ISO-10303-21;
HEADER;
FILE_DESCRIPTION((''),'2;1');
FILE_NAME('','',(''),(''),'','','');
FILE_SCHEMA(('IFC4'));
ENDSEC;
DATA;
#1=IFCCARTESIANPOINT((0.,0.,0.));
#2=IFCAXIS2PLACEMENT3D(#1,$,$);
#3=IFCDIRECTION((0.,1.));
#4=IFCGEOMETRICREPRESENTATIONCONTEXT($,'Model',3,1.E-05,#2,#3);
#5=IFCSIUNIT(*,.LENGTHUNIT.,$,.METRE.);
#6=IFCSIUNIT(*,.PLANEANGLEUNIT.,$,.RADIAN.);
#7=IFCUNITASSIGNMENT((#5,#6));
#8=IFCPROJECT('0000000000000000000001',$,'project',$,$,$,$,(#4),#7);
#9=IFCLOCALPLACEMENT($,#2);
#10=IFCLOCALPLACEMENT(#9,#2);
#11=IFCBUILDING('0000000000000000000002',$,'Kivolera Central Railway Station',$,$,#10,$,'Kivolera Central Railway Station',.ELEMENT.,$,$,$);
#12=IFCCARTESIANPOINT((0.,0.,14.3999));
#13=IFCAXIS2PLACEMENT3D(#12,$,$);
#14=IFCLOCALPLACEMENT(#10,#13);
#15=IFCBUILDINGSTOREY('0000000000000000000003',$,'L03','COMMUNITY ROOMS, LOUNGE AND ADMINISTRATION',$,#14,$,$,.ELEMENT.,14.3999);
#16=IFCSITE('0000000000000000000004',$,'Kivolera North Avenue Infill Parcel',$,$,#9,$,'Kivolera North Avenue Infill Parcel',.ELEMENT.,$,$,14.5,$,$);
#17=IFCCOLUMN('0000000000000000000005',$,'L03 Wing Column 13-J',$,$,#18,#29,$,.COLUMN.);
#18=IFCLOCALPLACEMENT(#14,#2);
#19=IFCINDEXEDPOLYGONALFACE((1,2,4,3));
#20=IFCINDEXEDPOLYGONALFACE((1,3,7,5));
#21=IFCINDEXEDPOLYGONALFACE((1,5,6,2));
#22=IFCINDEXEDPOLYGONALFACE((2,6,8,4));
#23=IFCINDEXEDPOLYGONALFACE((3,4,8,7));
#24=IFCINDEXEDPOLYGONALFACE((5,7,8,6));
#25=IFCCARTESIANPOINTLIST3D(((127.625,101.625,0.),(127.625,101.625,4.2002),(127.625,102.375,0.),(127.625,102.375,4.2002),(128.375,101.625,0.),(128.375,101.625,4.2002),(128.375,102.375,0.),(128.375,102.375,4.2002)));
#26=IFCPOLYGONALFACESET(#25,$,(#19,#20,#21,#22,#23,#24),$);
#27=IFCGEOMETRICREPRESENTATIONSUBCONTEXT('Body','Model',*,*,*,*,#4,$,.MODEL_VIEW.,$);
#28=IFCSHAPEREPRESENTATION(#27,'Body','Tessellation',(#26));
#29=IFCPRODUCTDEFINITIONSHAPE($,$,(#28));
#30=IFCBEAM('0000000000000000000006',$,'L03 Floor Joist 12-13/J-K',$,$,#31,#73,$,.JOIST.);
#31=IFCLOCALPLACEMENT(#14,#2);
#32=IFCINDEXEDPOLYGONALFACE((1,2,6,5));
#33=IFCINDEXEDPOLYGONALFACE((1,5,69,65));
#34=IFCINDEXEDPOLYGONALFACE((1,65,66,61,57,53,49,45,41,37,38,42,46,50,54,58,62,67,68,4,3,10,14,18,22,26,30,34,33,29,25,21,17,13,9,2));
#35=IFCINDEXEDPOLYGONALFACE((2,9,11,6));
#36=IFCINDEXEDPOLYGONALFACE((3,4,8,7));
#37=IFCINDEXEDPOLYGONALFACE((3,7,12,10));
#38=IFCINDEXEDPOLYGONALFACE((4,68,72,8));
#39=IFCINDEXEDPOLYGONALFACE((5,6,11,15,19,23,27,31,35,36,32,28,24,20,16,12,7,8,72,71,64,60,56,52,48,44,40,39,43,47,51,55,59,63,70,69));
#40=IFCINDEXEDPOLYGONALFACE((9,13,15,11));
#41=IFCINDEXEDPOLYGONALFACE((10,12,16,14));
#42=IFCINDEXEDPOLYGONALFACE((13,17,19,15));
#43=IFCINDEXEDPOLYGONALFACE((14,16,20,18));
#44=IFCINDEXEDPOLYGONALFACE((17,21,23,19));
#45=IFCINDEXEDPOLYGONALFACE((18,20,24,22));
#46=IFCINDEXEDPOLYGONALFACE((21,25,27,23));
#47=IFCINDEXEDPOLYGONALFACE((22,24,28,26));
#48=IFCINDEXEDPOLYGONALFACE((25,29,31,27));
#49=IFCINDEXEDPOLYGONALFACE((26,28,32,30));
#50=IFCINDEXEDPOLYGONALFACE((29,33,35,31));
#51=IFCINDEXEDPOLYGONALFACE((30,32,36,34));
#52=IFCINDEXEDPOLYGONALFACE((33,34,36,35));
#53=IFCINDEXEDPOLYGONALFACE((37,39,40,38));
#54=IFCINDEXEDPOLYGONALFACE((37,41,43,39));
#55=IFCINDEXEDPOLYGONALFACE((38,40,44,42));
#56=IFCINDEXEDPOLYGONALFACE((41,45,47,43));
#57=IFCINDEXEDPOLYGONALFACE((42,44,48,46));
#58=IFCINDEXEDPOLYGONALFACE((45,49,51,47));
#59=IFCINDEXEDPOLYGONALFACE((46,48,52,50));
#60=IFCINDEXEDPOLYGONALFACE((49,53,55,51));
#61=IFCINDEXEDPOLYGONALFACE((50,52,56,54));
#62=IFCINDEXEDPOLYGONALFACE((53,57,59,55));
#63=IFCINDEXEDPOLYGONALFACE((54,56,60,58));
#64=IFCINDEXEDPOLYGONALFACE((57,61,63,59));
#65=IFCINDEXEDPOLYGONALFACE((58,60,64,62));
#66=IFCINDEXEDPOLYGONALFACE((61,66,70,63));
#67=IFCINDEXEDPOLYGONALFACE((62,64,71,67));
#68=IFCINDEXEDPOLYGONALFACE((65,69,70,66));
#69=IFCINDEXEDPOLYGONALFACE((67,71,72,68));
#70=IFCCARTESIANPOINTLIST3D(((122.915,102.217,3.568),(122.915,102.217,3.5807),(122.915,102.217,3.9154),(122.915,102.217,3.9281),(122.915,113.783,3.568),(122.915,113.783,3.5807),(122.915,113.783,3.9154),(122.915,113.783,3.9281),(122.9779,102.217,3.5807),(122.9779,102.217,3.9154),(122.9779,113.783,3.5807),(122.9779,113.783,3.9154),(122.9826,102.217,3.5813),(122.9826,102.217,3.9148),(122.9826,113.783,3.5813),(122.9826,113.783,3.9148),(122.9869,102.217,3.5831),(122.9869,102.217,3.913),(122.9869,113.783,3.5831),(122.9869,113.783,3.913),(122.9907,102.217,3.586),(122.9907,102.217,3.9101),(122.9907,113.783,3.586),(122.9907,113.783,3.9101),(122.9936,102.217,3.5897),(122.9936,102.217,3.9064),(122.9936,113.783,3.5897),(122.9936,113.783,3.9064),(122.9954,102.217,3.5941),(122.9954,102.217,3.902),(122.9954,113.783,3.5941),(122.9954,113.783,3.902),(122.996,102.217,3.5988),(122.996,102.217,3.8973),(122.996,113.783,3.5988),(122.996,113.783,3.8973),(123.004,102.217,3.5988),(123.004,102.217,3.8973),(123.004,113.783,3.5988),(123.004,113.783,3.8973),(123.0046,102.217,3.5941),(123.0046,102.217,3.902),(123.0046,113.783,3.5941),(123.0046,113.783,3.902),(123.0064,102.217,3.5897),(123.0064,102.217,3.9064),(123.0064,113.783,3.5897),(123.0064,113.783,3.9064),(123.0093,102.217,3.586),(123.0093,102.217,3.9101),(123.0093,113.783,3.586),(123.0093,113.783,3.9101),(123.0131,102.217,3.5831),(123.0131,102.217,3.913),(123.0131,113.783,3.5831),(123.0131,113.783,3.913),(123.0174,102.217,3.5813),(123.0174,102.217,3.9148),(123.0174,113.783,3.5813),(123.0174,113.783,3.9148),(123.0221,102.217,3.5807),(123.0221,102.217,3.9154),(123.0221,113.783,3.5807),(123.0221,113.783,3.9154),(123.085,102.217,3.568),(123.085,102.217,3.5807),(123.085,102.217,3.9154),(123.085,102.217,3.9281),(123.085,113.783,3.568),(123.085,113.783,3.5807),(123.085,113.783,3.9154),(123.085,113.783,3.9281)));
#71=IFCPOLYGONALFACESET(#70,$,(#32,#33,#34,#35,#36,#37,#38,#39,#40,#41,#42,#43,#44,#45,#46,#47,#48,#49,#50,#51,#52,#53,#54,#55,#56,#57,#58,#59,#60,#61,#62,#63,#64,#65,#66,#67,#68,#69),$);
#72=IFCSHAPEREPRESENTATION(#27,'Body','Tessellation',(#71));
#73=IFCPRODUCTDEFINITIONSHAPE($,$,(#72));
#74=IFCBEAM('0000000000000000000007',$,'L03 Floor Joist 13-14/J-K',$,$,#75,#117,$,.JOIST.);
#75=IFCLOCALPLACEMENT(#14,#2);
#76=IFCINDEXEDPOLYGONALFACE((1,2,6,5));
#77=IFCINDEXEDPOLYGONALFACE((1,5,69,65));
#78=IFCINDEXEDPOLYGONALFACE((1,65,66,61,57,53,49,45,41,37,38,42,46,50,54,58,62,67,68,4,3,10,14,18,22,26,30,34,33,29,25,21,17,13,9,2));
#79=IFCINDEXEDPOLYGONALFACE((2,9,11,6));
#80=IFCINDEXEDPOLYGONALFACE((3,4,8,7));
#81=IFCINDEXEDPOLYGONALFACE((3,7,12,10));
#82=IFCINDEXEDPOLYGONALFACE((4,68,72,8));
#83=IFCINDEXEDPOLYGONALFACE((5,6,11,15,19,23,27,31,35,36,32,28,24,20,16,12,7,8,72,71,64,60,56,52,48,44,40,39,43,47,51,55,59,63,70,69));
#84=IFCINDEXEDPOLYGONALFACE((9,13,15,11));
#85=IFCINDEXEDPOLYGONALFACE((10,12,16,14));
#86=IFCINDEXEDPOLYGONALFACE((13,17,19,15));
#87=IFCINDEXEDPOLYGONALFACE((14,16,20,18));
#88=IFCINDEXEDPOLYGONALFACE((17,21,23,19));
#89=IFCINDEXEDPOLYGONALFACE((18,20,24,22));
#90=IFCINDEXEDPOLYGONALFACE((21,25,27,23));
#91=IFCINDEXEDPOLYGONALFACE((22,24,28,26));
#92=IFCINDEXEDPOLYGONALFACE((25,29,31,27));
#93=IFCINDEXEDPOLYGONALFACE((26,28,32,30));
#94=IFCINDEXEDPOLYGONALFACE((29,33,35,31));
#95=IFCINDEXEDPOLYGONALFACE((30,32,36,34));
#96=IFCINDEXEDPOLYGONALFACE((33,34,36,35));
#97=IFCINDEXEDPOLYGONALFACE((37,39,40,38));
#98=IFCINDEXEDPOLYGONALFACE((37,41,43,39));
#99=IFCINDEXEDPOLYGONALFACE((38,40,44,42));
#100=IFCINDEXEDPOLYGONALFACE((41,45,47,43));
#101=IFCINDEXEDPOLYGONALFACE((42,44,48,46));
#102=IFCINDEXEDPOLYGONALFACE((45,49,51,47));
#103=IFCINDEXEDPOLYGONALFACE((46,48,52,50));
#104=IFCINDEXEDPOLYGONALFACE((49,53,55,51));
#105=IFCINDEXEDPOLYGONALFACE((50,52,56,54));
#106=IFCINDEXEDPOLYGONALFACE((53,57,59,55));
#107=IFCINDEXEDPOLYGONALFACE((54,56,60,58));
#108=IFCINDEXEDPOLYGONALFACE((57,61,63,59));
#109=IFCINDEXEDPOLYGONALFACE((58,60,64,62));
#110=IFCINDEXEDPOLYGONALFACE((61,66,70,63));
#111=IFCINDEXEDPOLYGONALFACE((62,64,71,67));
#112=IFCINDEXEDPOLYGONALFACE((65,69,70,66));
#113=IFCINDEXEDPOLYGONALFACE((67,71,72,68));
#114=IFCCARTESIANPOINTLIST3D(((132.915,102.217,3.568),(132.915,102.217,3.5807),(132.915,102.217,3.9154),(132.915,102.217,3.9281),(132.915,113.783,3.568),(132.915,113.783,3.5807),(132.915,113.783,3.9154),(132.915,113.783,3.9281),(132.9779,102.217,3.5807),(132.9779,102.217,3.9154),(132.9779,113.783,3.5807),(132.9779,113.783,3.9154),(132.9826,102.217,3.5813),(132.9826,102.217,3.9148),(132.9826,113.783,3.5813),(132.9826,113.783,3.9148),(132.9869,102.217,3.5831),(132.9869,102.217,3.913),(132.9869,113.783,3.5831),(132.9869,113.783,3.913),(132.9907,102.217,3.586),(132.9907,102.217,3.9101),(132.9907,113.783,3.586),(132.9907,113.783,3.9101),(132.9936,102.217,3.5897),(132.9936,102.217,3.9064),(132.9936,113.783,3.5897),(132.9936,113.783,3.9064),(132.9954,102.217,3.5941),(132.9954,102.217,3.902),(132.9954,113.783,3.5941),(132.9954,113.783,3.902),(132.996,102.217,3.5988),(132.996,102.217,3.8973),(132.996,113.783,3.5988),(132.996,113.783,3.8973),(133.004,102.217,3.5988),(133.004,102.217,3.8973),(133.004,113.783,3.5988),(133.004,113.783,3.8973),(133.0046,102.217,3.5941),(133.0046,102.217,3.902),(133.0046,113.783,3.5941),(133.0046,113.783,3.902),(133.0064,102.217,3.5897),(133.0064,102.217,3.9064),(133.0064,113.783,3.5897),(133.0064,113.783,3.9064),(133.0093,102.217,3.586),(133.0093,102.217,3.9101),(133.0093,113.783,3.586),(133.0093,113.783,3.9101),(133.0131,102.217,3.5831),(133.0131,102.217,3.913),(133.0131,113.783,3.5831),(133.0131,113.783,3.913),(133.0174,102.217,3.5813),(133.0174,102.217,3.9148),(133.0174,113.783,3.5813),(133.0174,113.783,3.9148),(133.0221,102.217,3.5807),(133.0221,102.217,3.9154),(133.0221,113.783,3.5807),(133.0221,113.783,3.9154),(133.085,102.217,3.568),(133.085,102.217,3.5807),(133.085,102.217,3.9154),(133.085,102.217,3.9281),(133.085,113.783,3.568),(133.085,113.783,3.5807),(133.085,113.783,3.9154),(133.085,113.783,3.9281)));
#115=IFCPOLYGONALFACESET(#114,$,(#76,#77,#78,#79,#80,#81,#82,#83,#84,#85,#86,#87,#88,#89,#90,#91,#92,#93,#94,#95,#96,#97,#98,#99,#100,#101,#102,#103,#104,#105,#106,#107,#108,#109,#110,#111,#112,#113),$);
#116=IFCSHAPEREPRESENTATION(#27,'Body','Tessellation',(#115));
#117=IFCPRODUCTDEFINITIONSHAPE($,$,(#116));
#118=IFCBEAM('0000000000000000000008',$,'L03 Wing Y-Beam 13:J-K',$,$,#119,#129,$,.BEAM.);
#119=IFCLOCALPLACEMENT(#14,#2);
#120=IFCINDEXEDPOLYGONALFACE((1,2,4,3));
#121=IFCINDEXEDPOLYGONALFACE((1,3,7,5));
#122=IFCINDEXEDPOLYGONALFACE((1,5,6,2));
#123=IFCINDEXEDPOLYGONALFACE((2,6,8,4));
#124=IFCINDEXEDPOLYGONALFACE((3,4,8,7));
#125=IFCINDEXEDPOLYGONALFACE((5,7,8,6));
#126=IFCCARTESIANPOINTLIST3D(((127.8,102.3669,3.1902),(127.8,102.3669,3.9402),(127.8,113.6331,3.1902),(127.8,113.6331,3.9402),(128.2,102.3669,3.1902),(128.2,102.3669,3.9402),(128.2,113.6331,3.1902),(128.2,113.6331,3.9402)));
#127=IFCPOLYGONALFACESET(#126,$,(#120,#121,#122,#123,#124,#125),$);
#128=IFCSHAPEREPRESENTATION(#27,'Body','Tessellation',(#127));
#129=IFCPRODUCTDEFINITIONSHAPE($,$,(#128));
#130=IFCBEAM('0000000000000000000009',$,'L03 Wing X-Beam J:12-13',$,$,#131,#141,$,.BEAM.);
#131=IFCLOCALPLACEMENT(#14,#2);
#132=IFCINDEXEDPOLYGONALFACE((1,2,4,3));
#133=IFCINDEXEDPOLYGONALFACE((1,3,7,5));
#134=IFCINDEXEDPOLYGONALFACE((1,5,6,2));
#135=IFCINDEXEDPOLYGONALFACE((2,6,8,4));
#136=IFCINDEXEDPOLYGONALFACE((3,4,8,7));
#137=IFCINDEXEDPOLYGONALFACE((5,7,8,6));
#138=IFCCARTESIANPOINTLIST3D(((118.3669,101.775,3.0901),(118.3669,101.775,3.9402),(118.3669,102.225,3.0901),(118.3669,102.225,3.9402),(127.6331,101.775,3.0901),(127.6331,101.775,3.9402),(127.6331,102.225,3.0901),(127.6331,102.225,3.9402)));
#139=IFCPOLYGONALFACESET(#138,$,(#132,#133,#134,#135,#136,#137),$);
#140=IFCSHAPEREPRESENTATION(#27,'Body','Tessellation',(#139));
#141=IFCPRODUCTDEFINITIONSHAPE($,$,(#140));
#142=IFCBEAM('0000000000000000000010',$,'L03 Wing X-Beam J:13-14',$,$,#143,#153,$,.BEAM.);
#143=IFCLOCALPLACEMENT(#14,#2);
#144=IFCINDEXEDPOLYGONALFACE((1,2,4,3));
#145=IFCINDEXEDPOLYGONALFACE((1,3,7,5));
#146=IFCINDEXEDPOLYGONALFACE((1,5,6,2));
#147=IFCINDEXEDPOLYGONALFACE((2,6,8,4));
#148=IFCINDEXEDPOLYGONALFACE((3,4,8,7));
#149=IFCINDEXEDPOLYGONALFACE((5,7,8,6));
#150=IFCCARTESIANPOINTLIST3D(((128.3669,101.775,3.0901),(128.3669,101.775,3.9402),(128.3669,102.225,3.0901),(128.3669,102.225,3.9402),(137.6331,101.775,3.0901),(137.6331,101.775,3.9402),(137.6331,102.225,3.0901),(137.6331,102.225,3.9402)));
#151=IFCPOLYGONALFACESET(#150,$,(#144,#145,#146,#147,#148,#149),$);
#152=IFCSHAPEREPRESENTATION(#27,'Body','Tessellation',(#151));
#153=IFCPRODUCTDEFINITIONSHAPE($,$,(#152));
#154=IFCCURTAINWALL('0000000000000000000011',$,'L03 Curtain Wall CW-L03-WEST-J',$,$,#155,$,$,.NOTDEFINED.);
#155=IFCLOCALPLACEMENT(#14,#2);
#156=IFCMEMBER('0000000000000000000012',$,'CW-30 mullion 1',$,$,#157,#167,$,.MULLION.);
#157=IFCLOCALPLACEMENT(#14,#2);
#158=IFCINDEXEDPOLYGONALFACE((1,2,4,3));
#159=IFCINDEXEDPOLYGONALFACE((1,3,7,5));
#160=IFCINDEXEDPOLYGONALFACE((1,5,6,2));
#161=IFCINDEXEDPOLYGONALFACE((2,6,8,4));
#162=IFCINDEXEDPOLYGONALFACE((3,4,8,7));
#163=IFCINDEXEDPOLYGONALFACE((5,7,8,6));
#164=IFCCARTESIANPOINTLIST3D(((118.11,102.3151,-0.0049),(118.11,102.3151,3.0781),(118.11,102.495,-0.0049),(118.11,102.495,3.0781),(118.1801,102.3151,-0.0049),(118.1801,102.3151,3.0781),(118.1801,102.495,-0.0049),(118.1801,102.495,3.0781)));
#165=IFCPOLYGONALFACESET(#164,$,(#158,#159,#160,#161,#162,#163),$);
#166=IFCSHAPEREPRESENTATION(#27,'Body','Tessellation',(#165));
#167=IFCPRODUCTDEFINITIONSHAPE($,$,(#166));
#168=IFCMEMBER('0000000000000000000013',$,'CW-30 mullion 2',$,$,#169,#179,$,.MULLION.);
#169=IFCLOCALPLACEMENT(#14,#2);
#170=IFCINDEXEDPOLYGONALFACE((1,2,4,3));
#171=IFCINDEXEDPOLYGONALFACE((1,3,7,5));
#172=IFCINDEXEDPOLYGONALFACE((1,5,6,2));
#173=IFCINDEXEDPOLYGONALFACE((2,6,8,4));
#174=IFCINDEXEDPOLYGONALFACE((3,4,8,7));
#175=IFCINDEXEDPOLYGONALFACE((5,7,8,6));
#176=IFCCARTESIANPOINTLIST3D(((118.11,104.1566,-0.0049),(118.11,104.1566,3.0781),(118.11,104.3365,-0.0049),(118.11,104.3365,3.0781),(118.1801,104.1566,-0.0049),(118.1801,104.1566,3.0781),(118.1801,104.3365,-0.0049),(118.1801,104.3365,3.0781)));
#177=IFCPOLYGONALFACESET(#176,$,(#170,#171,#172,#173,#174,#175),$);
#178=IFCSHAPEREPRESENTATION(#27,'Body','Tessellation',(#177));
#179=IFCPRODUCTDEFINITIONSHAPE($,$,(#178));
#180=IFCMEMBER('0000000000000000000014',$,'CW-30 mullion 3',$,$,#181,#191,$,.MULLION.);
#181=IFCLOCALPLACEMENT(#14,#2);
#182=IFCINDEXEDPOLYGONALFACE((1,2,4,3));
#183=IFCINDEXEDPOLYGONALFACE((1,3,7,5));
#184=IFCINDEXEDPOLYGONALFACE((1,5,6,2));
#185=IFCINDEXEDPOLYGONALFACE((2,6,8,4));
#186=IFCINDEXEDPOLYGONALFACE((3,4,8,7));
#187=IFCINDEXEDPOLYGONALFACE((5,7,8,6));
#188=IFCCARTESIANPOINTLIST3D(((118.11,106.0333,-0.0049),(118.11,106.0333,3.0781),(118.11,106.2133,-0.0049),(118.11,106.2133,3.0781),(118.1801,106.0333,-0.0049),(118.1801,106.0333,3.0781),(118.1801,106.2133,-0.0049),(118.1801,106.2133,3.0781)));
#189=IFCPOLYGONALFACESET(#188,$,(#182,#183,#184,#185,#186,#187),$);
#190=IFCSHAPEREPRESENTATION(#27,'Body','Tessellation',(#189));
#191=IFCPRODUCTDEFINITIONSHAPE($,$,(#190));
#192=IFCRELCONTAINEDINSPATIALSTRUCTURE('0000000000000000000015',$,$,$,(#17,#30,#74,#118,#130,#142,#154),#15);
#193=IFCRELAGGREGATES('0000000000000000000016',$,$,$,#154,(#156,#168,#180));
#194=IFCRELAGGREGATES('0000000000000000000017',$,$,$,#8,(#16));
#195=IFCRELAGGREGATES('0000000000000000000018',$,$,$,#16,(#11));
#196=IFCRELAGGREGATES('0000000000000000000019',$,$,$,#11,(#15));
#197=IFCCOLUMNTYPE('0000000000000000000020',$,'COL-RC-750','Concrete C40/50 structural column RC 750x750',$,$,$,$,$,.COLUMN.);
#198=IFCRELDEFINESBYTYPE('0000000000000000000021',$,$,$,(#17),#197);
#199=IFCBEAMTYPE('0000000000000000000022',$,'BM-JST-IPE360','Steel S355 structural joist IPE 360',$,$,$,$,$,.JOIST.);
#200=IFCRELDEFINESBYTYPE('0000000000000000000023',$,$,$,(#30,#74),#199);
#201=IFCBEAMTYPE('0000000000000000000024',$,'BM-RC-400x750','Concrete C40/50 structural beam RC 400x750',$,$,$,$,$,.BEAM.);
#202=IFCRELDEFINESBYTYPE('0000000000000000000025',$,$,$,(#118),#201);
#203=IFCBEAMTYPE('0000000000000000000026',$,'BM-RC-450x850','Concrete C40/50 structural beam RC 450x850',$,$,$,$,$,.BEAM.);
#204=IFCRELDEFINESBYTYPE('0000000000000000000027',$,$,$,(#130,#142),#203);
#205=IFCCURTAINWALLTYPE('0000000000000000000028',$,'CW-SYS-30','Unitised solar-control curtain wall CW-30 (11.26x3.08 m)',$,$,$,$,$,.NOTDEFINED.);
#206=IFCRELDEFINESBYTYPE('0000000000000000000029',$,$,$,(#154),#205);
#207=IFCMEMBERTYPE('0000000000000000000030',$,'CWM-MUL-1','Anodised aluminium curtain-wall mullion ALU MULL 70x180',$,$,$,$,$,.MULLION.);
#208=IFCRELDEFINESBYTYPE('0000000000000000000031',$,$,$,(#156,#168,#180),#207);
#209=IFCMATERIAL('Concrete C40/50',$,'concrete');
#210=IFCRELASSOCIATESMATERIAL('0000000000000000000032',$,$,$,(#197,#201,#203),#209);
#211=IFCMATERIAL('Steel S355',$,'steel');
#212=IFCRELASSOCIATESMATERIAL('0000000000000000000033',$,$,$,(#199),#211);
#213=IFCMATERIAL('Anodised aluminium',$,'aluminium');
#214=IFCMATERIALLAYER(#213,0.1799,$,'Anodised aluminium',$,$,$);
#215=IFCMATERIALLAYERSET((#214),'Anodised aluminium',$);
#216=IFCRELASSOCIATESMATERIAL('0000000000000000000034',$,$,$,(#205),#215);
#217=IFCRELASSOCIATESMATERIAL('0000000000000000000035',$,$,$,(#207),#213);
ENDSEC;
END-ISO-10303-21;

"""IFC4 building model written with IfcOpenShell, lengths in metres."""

from ifc_helpers import new_model, si_unit, direction, frame, origin, origin_2d, place, context, subcontext, project, spatial, rectangle, i_section, extrude, material, layer, layer_set, material_profile, profile_set, type_object, element, aggregate, save


model = new_model("IFC4")

# Units and contexts
model_context = context("Model", 3, precision=1e-05, world=origin(), true_north=direction((0.0, 1.0)))
body_context = subcontext(model_context, "Body", "Model", "MODEL_VIEW")
ifc_project = project(units=[si_unit("LENGTHUNIT", "METRE"), si_unit("PLANEANGLEUNIT", "RADIAN")], contexts=[model_context])

# Site, building, storey
site_placement = place(None, origin())
site = spatial("IfcSite", under=ifc_project, at=site_placement, Name="Kivolera North Avenue Infill Parcel", LongName="Kivolera North Avenue Infill Parcel", CompositionType="ELEMENT", RefElevation=14.5)
building_placement = place(site_placement, origin())
building = spatial("IfcBuilding", under=site, at=building_placement, Name="Kivolera Central Railway Station", LongName="Kivolera Central Railway Station", CompositionType="ELEMENT")
storey_placement = place(building_placement, frame((0.0, 0.0, 14.3999)))
storey = spatial("IfcBuildingStorey", under=building, at=storey_placement, Name="L03", Description="COMMUNITY ROOMS, LOUNGE AND ADMINISTRATION", CompositionType="ELEMENT", Elevation=14.3999)

# Column
ifc_material_1 = material(Name="Concrete C40/50", Category="concrete")
ifc_material_profile_1 = material_profile(ifc_material_1, rectangle(XDim=0.75, YDim=0.75, at=origin_2d()), Name="RC 750x750")
ifc_profile_set_1 = profile_set([ifc_material_profile_1], Name="Concrete C40/50")
column_type = type_object("IfcColumnType", Name="COL-RC-750", Description="Concrete C40/50 structural column RC 750x750", PredefinedType="COLUMN", material=ifc_profile_set_1)
column_placement = place(storey_placement, frame((128.0, 102.0, 0.0), z_axis=(0.0, 0.0, 1.0), x_axis=(1.0, 0.0, 0.0)))
element("IfcColumn", 1, at=column_placement, inside=storey, type_object=column_type, Name="L03 Wing Column 13-J", PredefinedType="COLUMN", context=body_context, shape_type="SweptSolid", body=[
    extrude(rectangle(XDim=0.75, YDim=0.75, at=origin_2d()), origin(), (0.0, 0.0, 1.0), 4.2002),
])

# Beams
ifc_material_2 = material(Name="Steel S355", Category="steel")
ifc_material_profile_2 = material_profile(ifc_material_2, i_section(OverallWidth=0.1699, OverallDepth=0.3601, WebThickness=0.0081, FlangeThickness=0.0127, FilletRadius=0.0181, at=origin_2d()), Name="IPE 360")
ifc_profile_set_2 = profile_set([ifc_material_profile_2], Name="Steel S355")
beam_type_1 = type_object("IfcBeamType", Name="BM-JST-IPE360", Description="Steel S355 structural joist IPE 360", PredefinedType="JOIST", material=ifc_profile_set_2)
for number, where, z_axis, x_axis, name in (
    (2, (123.0, 102.217, 3.748), (0.0, 1.0, 0.0), (-1.0, 0.0, 0.0), "L03 Floor Joist 12-13/J-K"),
    (3, (133.0, 102.217, 3.748), (0.0, 1.0, 0.0), (-1.0, 0.0, 0.0), "L03 Floor Joist 13-14/J-K"),
):
    element("IfcBeam", number, at=place(storey_placement, frame(where, z_axis=z_axis, x_axis=x_axis)), inside=storey, type_object=beam_type_1, Name=name, PredefinedType="JOIST", context=body_context, shape_type="SweptSolid", body=[
        extrude(i_section(OverallWidth=0.1699, OverallDepth=0.3601, WebThickness=0.0081, FlangeThickness=0.0127, FilletRadius=0.0181, at=origin_2d()), origin(), (0.0, 0.0, 1.0), 11.5659),
    ])
ifc_material_profile_3 = material_profile(ifc_material_1, rectangle(XDim=0.3999, YDim=0.75, at=origin_2d()), Name="RC 400x750")
ifc_profile_set_3 = profile_set([ifc_material_profile_3], Name="Concrete C40/50")
beam_type_2 = type_object("IfcBeamType", Name="BM-RC-400x750", Description="Concrete C40/50 structural beam RC 400x750", PredefinedType="BEAM", material=ifc_profile_set_3)
beam_placement = place(storey_placement, frame((128.0, 102.3669, 3.5652), z_axis=(0.0, 1.0, 0.0), x_axis=(-1.0, 0.0, 0.0)))
element("IfcBeam", 4, at=beam_placement, inside=storey, type_object=beam_type_2, Name="L03 Wing Y-Beam 13:J-K", PredefinedType="BEAM", context=body_context, shape_type="SweptSolid", body=[
    extrude(rectangle(XDim=0.3999, YDim=0.75, at=origin_2d()), origin(), (0.0, 0.0, 1.0), 11.2661),
])
ifc_material_profile_4 = material_profile(ifc_material_1, rectangle(XDim=0.45, YDim=0.8501, at=origin_2d()), Name="RC 450x850")
ifc_profile_set_4 = profile_set([ifc_material_profile_4], Name="Concrete C40/50")
beam_type_3 = type_object("IfcBeamType", Name="BM-RC-450x850", Description="Concrete C40/50 structural beam RC 450x850", PredefinedType="BEAM", material=ifc_profile_set_4)
for number, where, z_axis, x_axis, name in (
    (5, (118.3669, 102.0, 3.5151), (1.0, 0.0, 0.0), (0.0, 1.0, 0.0), "L03 Wing X-Beam J:12-13"),
    (6, (128.3669, 102.0, 3.5151), (1.0, 0.0, 0.0), (0.0, 1.0, 0.0), "L03 Wing X-Beam J:13-14"),
):
    element("IfcBeam", number, at=place(storey_placement, frame(where, z_axis=z_axis, x_axis=x_axis)), inside=storey, type_object=beam_type_3, Name=name, PredefinedType="BEAM", context=body_context, shape_type="SweptSolid", body=[
        extrude(rectangle(XDim=0.45, YDim=0.8501, at=origin_2d()), origin(), (0.0, 0.0, 1.0), 9.2661),
    ])

# Curtain wall, members
ifc_material_3 = material(Name="Anodised aluminium", Category="aluminium")
ifc_layer_1 = layer(ifc_material_3, 0.1799, Name="Anodised aluminium")
ifc_layer_set_1 = layer_set([ifc_layer_1], Name="Anodised aluminium")
curtain_wall_type = type_object("IfcCurtainWallType", Name="CW-SYS-30", Description="Unitised solar-control curtain wall CW-30 (11.26x3.08 m)", PredefinedType="NOTDEFINED", material=ifc_layer_set_1)
curtain_wall_1_placement = place(storey_placement, origin())
curtain_wall_1 = element("IfcCurtainWall", 7, at=curtain_wall_1_placement, inside=storey, type_object=curtain_wall_type, Name="L03 Curtain Wall CW-L03-WEST-J", PredefinedType="NOTDEFINED")
ifc_material_profile_5 = material_profile(ifc_material_3, rectangle(XDim=0.0701, YDim=0.1799, at=origin_2d()), Name="ALU MULL 70x180")
ifc_profile_set_5 = profile_set([ifc_material_profile_5], Name="Anodised aluminium")
member_type_1 = type_object("IfcMemberType", Name="CWM-MUL-1", Description="Anodised aluminium curtain-wall mullion ALU MULL 70x180", PredefinedType="MULLION", material=ifc_profile_set_5)
member_1_placement = place(storey_placement, frame((118.145, 102.405, -0.0049), z_axis=(0.0, 0.0, 1.0), x_axis=(-1.0, 0.0, 0.0)))
member_1 = element("IfcMember", 8, at=member_1_placement, type_object=member_type_1, Name="CW-30 mullion 1", PredefinedType="MULLION", context=body_context, shape_type="SweptSolid", body=[
    extrude(rectangle(XDim=0.0701, YDim=0.1799, at=origin_2d()), origin(), (0.0, 0.0, 1.0), 3.083),
])
member_2_placement = place(storey_placement, frame((118.145, 104.2466, -0.0049), z_axis=(0.0, 0.0, 1.0), x_axis=(-1.0, 0.0, 0.0)))
member_2 = element("IfcMember", 9, at=member_2_placement, type_object=member_type_1, Name="CW-30 mullion 2", PredefinedType="MULLION", context=body_context, shape_type="SweptSolid", body=[
    extrude(rectangle(XDim=0.0701, YDim=0.1799, at=origin_2d()), origin(), (0.0, 0.0, 1.0), 3.083),
])
member_3_placement = place(storey_placement, frame((118.145, 106.1233, -0.0049), z_axis=(0.0, 0.0, 1.0), x_axis=(-1.0, 0.0, 0.0)))
member_3 = element("IfcMember", 10, at=member_3_placement, type_object=member_type_1, Name="CW-30 mullion 3", PredefinedType="MULLION", context=body_context, shape_type="SweptSolid", body=[
    extrude(rectangle(XDim=0.0701, YDim=0.1799, at=origin_2d()), origin(), (0.0, 0.0, 1.0), 3.083),
])

aggregate(curtain_wall_1, [member_1, member_2, member_3])

save(model, "model.ifc")
